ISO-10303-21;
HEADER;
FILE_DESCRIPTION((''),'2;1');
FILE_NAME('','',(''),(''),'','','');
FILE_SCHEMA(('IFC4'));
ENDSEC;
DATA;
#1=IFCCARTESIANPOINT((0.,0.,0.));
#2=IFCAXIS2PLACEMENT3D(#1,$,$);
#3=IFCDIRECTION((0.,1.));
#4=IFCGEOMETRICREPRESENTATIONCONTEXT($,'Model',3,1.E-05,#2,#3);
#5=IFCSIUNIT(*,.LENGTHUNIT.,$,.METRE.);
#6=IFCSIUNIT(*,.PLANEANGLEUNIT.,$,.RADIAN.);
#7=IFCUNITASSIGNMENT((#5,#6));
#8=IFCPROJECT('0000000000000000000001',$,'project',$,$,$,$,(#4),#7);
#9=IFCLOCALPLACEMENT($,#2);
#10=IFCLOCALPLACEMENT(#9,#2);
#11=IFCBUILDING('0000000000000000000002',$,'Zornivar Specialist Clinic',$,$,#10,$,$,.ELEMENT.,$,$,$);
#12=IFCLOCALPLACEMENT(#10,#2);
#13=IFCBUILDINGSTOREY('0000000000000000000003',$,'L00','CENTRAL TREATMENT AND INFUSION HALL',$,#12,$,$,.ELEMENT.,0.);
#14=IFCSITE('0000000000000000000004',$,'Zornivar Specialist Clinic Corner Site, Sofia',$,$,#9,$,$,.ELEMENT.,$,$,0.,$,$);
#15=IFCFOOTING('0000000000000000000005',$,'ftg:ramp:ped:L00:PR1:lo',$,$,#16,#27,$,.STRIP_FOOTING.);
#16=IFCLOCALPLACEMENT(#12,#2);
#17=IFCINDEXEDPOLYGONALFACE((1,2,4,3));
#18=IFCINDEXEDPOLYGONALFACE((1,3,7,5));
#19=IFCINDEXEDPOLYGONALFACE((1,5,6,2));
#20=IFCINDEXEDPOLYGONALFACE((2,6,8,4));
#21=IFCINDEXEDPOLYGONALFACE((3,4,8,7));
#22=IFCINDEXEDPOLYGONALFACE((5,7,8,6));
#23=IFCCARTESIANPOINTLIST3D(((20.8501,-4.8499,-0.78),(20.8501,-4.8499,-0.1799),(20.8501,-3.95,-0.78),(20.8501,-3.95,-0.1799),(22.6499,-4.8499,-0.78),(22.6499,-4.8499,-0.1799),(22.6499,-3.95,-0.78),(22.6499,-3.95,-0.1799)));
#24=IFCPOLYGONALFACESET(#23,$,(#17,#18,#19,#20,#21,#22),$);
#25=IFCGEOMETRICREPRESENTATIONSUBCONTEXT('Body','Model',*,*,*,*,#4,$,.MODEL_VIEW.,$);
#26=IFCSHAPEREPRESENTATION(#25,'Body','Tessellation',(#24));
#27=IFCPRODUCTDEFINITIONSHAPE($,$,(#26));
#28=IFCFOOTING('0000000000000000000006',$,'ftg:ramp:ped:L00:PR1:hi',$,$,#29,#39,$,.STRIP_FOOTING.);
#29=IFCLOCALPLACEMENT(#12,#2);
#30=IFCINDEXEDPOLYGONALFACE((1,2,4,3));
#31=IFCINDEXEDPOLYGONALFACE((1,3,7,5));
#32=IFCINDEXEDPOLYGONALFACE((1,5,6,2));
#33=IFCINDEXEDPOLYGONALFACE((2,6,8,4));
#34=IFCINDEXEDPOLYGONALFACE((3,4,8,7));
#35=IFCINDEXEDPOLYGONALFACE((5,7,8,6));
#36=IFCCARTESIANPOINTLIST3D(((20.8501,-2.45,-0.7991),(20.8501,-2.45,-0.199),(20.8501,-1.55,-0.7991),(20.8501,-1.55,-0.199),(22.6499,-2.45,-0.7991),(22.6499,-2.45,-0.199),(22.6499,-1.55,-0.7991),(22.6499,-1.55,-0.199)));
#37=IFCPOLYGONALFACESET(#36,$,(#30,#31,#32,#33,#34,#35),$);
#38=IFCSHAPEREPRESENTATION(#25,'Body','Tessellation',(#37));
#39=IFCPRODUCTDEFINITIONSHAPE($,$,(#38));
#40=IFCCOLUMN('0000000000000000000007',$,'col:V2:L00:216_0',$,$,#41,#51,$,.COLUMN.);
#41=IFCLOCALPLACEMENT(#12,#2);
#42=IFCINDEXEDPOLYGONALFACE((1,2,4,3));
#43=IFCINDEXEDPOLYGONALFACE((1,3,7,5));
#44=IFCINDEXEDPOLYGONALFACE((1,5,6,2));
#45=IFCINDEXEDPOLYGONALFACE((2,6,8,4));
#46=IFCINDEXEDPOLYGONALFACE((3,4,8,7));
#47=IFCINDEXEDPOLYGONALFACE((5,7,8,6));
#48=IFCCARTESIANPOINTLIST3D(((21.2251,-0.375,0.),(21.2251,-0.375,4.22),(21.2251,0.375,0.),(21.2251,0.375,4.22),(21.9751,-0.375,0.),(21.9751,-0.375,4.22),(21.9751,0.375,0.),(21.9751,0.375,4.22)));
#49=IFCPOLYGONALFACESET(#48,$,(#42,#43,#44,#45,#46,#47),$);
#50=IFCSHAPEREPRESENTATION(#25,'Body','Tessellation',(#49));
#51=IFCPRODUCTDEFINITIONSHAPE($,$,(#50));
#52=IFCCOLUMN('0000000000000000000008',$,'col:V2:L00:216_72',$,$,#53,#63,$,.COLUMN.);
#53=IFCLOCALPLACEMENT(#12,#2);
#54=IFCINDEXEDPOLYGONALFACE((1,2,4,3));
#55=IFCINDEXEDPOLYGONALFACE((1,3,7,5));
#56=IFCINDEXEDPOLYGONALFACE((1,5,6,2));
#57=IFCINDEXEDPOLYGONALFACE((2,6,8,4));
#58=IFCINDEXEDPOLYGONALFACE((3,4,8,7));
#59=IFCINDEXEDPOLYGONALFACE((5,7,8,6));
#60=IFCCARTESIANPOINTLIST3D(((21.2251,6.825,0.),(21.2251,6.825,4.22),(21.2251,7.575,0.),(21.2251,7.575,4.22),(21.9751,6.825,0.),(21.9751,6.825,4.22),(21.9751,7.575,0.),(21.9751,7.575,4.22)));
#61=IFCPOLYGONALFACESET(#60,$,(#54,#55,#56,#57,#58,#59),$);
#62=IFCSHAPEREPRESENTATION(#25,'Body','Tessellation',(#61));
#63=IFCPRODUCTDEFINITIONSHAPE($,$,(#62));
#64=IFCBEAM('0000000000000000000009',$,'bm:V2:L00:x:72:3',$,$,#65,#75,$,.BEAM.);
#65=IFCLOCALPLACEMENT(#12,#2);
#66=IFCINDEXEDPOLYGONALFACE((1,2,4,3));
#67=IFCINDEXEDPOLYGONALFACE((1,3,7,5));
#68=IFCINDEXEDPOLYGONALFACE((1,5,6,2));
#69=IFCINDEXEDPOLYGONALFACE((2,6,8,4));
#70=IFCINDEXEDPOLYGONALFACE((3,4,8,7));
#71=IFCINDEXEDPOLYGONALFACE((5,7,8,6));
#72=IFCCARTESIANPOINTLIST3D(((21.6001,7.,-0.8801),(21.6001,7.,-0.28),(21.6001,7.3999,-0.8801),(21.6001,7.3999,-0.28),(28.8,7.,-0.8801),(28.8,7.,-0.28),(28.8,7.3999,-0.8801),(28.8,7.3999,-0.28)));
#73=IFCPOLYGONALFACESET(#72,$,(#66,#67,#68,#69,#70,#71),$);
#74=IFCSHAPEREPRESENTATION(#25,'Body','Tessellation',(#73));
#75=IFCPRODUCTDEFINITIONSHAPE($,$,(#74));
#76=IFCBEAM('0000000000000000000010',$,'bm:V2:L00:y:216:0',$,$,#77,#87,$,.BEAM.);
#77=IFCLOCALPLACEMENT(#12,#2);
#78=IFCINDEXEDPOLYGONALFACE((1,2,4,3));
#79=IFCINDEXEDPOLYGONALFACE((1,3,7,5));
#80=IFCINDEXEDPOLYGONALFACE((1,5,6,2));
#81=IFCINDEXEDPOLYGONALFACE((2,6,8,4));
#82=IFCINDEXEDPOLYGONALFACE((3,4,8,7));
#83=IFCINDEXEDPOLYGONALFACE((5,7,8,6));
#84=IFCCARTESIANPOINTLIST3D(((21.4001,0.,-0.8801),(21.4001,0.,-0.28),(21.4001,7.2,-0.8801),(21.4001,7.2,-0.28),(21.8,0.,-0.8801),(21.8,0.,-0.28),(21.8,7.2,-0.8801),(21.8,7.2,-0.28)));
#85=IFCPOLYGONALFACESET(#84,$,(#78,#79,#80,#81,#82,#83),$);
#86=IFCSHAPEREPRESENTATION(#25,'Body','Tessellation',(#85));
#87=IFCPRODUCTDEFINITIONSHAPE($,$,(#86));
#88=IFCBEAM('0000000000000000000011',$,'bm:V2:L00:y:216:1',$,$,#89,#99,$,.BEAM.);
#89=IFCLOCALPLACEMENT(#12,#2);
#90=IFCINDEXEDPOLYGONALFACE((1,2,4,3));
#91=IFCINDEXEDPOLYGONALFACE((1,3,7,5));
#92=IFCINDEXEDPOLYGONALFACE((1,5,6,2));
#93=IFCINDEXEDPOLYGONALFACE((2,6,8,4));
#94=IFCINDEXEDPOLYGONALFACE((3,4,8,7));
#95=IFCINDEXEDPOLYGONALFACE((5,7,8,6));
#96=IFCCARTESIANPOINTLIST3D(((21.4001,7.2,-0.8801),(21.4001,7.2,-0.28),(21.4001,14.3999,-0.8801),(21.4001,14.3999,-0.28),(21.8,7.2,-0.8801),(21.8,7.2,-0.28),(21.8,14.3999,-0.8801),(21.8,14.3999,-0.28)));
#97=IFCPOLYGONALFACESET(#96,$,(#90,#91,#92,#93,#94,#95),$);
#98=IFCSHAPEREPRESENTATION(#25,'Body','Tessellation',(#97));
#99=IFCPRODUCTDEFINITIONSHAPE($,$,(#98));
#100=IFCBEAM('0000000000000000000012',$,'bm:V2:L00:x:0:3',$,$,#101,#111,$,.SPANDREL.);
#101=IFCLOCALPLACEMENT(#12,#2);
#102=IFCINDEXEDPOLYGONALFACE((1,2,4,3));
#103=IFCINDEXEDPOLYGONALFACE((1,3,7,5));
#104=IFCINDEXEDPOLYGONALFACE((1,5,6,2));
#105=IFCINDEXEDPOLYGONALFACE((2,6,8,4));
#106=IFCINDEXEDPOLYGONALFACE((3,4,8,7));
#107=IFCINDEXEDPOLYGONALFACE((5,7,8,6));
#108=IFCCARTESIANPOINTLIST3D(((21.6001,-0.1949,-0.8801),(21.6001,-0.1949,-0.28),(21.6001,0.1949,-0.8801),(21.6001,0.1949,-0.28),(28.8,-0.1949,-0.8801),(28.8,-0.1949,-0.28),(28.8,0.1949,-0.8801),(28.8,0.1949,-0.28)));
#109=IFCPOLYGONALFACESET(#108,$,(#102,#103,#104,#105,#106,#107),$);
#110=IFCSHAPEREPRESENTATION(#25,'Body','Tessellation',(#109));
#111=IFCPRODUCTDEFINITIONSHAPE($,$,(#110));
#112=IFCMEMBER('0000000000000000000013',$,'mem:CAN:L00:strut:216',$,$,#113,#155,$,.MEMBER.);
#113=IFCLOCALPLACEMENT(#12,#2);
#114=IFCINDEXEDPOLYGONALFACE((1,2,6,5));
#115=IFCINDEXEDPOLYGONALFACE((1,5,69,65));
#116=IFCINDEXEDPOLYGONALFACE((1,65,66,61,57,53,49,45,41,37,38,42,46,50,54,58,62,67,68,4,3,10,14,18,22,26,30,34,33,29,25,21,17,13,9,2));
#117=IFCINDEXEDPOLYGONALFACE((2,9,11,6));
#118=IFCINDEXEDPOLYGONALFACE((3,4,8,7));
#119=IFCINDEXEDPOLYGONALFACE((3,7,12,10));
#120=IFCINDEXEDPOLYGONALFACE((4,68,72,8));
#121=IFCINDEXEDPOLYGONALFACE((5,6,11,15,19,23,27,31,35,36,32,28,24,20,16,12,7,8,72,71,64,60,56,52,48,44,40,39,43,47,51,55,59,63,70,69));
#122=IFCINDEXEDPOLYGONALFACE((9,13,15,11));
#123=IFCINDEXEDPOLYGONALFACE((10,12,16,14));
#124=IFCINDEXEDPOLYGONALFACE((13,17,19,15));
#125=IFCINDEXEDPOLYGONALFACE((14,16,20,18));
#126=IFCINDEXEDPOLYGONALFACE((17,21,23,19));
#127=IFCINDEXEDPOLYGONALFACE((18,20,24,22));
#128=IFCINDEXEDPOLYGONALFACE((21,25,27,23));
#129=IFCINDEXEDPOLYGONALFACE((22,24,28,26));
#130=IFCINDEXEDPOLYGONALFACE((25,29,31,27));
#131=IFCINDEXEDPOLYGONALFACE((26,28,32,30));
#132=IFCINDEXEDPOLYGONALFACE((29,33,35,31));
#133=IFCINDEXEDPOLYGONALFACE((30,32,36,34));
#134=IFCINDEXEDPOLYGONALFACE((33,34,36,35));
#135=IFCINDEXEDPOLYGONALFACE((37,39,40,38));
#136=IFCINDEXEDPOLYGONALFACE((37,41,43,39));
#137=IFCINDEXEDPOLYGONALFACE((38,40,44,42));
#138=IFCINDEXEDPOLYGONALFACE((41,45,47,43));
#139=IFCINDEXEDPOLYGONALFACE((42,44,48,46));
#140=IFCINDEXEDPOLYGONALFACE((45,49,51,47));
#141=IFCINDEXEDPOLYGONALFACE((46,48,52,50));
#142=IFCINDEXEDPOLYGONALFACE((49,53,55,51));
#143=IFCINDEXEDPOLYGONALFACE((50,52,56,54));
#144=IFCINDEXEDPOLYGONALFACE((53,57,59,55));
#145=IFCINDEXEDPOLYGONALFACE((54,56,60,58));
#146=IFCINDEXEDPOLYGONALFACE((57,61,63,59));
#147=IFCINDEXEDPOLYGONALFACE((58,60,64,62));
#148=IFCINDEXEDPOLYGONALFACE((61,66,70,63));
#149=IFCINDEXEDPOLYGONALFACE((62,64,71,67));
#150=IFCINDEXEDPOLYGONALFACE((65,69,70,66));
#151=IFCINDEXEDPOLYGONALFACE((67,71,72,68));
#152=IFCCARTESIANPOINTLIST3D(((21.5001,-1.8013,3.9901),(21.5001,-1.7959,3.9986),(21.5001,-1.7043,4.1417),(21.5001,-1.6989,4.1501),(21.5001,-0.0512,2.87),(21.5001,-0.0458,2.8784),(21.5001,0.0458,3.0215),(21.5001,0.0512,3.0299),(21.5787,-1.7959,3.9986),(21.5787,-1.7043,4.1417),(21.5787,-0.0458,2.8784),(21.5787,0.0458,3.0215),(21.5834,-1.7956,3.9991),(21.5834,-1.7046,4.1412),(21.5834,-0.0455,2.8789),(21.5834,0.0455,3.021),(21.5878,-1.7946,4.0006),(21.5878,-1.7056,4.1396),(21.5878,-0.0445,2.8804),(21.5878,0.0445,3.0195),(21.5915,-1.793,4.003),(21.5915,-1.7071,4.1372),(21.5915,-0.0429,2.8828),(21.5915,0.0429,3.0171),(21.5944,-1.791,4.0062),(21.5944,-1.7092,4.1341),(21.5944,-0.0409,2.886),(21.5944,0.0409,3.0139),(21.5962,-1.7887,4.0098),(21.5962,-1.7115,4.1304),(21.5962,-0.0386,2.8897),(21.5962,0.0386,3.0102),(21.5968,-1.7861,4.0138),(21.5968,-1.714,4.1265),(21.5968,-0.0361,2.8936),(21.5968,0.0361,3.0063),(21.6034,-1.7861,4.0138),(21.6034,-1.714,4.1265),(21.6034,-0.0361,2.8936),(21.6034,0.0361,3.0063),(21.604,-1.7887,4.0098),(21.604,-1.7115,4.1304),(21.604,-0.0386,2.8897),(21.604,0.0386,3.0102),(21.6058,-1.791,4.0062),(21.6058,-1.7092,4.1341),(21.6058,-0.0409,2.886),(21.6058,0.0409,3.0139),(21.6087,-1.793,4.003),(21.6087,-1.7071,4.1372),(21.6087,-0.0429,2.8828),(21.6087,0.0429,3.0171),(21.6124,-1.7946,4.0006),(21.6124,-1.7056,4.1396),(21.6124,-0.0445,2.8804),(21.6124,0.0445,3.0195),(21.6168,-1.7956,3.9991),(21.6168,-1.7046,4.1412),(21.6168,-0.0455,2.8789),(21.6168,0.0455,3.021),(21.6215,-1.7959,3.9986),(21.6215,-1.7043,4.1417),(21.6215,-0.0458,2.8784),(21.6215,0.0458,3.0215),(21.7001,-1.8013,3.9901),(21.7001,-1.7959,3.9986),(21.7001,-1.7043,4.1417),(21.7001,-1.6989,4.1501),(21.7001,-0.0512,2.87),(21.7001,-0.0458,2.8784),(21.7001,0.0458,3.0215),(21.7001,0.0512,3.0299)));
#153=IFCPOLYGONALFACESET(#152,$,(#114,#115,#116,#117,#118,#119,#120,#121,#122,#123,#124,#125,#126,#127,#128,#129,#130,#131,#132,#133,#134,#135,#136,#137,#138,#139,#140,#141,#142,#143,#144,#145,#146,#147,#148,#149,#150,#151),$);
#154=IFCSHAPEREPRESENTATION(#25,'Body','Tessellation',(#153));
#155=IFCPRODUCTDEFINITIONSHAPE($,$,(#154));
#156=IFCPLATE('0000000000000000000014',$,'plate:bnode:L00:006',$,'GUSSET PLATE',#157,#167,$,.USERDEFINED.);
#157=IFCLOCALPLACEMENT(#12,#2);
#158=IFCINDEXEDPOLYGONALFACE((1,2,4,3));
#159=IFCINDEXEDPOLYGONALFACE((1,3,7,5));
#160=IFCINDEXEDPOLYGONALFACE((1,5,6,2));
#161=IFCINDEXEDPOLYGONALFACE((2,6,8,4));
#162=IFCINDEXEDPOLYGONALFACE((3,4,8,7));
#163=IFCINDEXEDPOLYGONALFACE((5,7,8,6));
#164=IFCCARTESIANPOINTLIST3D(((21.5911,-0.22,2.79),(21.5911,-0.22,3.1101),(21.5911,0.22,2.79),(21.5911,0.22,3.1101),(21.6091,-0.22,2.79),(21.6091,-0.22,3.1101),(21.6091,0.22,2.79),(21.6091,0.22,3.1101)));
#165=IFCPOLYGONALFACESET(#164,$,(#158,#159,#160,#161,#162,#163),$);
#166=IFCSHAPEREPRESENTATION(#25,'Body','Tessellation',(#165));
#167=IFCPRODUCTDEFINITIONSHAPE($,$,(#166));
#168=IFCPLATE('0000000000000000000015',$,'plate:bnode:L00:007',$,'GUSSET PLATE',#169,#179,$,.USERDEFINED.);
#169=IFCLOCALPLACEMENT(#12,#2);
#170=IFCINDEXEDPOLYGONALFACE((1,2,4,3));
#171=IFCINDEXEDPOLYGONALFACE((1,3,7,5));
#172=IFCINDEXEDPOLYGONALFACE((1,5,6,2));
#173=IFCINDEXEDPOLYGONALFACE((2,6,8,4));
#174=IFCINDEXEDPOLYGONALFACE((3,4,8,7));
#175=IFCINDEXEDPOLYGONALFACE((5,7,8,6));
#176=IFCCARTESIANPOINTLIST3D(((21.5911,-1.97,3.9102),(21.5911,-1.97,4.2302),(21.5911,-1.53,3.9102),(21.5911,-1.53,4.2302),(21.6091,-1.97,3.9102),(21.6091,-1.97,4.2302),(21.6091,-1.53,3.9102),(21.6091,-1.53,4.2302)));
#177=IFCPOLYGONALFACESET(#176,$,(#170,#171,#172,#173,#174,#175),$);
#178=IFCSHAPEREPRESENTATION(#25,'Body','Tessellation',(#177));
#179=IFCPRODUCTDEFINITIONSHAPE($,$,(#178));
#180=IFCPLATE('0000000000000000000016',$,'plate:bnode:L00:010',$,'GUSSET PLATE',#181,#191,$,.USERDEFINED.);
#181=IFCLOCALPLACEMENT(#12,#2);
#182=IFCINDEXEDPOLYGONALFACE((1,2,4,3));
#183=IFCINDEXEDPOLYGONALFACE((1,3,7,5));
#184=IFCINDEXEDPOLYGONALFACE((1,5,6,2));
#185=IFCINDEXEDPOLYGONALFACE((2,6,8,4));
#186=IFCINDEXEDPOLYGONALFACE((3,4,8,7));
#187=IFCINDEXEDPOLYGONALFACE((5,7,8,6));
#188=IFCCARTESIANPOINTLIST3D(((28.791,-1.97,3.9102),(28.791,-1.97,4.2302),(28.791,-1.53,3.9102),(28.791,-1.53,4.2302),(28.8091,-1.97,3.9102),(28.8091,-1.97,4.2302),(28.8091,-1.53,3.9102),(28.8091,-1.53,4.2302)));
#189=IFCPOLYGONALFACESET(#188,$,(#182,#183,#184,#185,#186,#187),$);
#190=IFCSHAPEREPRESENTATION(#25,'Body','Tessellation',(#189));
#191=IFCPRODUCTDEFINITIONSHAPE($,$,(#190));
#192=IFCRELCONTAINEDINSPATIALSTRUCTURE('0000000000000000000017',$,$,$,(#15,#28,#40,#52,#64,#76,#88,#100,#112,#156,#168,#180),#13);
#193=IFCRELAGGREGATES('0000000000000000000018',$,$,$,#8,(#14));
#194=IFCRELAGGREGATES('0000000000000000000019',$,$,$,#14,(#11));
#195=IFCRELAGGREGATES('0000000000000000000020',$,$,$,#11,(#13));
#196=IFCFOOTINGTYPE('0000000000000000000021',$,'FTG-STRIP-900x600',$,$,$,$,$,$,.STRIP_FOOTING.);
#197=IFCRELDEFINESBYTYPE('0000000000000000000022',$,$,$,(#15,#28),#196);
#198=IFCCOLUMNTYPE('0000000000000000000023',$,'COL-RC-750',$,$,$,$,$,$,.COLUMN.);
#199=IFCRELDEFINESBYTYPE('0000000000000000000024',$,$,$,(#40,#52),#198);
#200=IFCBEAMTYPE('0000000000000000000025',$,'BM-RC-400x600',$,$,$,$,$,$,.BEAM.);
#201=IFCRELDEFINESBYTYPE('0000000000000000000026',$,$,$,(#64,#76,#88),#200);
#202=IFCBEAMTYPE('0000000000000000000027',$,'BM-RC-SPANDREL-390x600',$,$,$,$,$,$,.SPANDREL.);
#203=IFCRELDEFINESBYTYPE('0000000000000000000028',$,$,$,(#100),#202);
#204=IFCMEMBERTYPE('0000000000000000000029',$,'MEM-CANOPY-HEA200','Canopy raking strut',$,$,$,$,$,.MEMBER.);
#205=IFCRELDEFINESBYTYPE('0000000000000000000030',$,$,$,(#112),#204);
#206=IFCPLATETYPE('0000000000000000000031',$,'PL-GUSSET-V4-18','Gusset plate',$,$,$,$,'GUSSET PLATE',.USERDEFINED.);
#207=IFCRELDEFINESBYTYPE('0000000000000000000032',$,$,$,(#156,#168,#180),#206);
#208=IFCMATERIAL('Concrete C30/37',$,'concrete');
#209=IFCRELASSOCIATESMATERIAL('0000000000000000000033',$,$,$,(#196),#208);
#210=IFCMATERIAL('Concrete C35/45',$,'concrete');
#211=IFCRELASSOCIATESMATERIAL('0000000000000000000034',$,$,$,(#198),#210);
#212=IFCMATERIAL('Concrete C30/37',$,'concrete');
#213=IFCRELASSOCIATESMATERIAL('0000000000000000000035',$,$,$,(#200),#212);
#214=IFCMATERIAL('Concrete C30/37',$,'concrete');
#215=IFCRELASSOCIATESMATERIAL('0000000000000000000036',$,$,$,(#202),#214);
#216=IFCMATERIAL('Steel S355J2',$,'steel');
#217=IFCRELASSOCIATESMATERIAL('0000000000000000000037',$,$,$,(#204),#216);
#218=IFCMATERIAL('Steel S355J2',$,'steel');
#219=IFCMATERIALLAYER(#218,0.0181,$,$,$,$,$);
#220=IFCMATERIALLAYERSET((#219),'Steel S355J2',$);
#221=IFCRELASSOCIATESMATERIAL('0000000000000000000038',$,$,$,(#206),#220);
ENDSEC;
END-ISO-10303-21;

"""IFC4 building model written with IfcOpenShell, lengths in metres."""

from ifc_helpers import new_model, si_unit, direction, frame, origin, origin_2d, place, context, subcontext, project, spatial, rectangle, i_section, extrude, material, layer, layer_set, material_profile, profile_set, type_object, element, save


model = new_model("IFC4")

# Units and contexts
model_context = context("Model", 3, precision=1e-05, world=origin(), true_north=direction((0.0, 1.0)))
body_context = subcontext(model_context, "Body", "Model", "MODEL_VIEW")
ifc_project = project(units=[si_unit("LENGTHUNIT", "METRE"), si_unit("PLANEANGLEUNIT", "RADIAN")], contexts=[model_context])

# Site, building, storey
site_placement = place(None, origin())
site = spatial("IfcSite", under=ifc_project, at=site_placement, Name="Zornivar Specialist Clinic Corner Site, Sofia", CompositionType="ELEMENT", RefElevation=0.0)
building_placement = place(site_placement, origin())
building = spatial("IfcBuilding", under=site, at=building_placement, Name="Zornivar Specialist Clinic", CompositionType="ELEMENT")
storey_placement = place(building_placement, origin())
storey = spatial("IfcBuildingStorey", under=building, at=storey_placement, Name="L00", Description="CENTRAL TREATMENT AND INFUSION HALL", CompositionType="ELEMENT", Elevation=0.0)

# Footings
ifc_material_1 = material(Name="Concrete C30/37", Category="concrete")
ifc_material_profile_1 = material_profile(ifc_material_1, rectangle(XDim=0.8999, YDim=0.6001, at=origin_2d()), Name="RC 900x600")
ifc_profile_set_1 = profile_set([ifc_material_profile_1], Name="Concrete C30/37")
footing_type = type_object("IfcFootingType", Name="FTG-STRIP-900x600", PredefinedType="STRIP_FOOTING", material=ifc_profile_set_1)
for number, where, z_axis, x_axis, name in (
    (1, (20.8501, -4.3999, -0.48), (1.0, 0.0, 0.0), (0.0, 1.0, 0.0), "ftg:ramp:ped:L00:PR1:lo"),
    (2, (20.8501, -2.0, -0.499), (1.0, 0.0, 0.0), (0.0, 1.0, 0.0), "ftg:ramp:ped:L00:PR1:hi"),
):
    element("IfcFooting", number, at=place(storey_placement, frame(where, z_axis=z_axis, x_axis=x_axis)), inside=storey, type_object=footing_type, Name=name, PredefinedType="STRIP_FOOTING", context=body_context, shape_type="SweptSolid", body=[
        extrude(rectangle(XDim=0.8999, YDim=0.6001, at=origin_2d()), origin(), (0.0, 0.0, 1.0), 1.7998),
    ])

# Columns
ifc_material_2 = material(Name="Concrete C35/45", Category="concrete")
ifc_material_profile_2 = material_profile(ifc_material_2, rectangle(XDim=0.75, YDim=0.75, at=origin_2d()), Name="RC 750x750")
ifc_profile_set_2 = profile_set([ifc_material_profile_2], Name="Concrete C35/45")
column_type = type_object("IfcColumnType", Name="COL-RC-750", PredefinedType="COLUMN", material=ifc_profile_set_2)
for number, where, z_axis, x_axis, name in (
    (3, (21.6001, 0.0, 0.0), (0.0, 0.0, 1.0), (1.0, 0.0, 0.0), "col:V2:L00:216_0"),
    (4, (21.6001, 7.2, 0.0), (0.0, 0.0, 1.0), (1.0, 0.0, 0.0), "col:V2:L00:216_72"),
):
    element("IfcColumn", number, at=place(storey_placement, frame(where, z_axis=z_axis, x_axis=x_axis)), inside=storey, type_object=column_type, Name=name, PredefinedType="COLUMN", context=body_context, shape_type="SweptSolid", body=[
        extrude(rectangle(XDim=0.75, YDim=0.75, at=origin_2d()), origin(), (0.0, 0.0, 1.0), 4.22),
    ])

# Beams
ifc_material_3 = material(Name="Concrete C30/37", Category="concrete")
ifc_material_profile_3 = material_profile(ifc_material_3, rectangle(XDim=0.3999, YDim=0.6001, at=origin_2d()), Name="RC 400x600")
ifc_profile_set_3 = profile_set([ifc_material_profile_3], Name="Concrete C30/37")
beam_type_1 = type_object("IfcBeamType", Name="BM-RC-400x600", PredefinedType="BEAM", material=ifc_profile_set_3)
for number, where, z_axis, x_axis, name in (
    (5, (21.6001, 7.2, -0.5801), (1.0, 0.0, 0.0), (0.0, 1.0, 0.0), "bm:V2:L00:x:72:3"),
    (6, (21.6001, 0.0, -0.5801), (0.0, 1.0, 0.0), (-1.0, 0.0, 0.0), "bm:V2:L00:y:216:0"),
    (7, (21.6001, 7.2, -0.5801), (0.0, 1.0, 0.0), (-1.0, 0.0, 0.0), "bm:V2:L00:y:216:1"),
):
    element("IfcBeam", number, at=place(storey_placement, frame(where, z_axis=z_axis, x_axis=x_axis)), inside=storey, type_object=beam_type_1, Name=name, PredefinedType="BEAM", context=body_context, shape_type="SweptSolid", body=[
        extrude(rectangle(XDim=0.3999, YDim=0.6001, at=origin_2d()), origin(), (0.0, 0.0, 1.0), 7.2),
    ])
ifc_material_4 = material(Name="Concrete C30/37", Category="concrete")
ifc_material_profile_4 = material_profile(ifc_material_4, rectangle(XDim=0.3899, YDim=0.6001, at=origin_2d()), Name="RC 390x600")
ifc_profile_set_4 = profile_set([ifc_material_profile_4], Name="Concrete C30/37")
beam_type_2 = type_object("IfcBeamType", Name="BM-RC-SPANDREL-390x600", PredefinedType="SPANDREL", material=ifc_profile_set_4)
beam_placement = place(storey_placement, frame((21.6001, 0.0, -0.5801), z_axis=(1.0, 0.0, 0.0), x_axis=(0.0, 1.0, 0.0)))
element("IfcBeam", 8, at=beam_placement, inside=storey, type_object=beam_type_2, Name="bm:V2:L00:x:0:3", PredefinedType="SPANDREL", context=body_context, shape_type="SweptSolid", body=[
    extrude(rectangle(XDim=0.3899, YDim=0.6001, at=origin_2d()), origin(), (0.0, 0.0, 1.0), 7.2),
])

# Member
ifc_material_5 = material(Name="Steel S355J2", Category="steel")
ifc_material_profile_5 = material_profile(ifc_material_5, i_section(OverallWidth=0.2, OverallDepth=0.1899, WebThickness=0.0066, FlangeThickness=0.01, FilletRadius=0.0181, at=origin_2d()), Name="HEA 200")
ifc_profile_set_5 = profile_set([ifc_material_profile_5], Name="Steel S355J2")
member_type = type_object("IfcMemberType", Name="MEM-CANOPY-HEA200", Description="Canopy raking strut", PredefinedType="MEMBER", material=ifc_profile_set_5)
member_placement = place(storey_placement, frame((21.6001, 0.0, 2.95), z_axis=(0.0, -0.842246, 0.539094), x_axis=(1.0, 0.0, 0.0)))
element("IfcMember", 9, at=member_placement, inside=storey, type_object=member_type, Name="mem:CAN:L00:strut:216", PredefinedType="MEMBER", context=body_context, shape_type="SweptSolid", body=[
    extrude(i_section(OverallWidth=0.2, OverallDepth=0.1899, WebThickness=0.0066, FlangeThickness=0.01, FilletRadius=0.0181, at=origin_2d()), origin(), (0.0, 0.0, 1.0), 2.0779),
])

# Plates
ifc_material_6 = material(Name="Steel S355J2", Category="steel")
ifc_layer_1 = layer(ifc_material_6, 0.0181)
ifc_layer_set_1 = layer_set([ifc_layer_1], Name="Steel S355J2")
plate_type = type_object("IfcPlateType", Name="PL-GUSSET-V4-18", Description="Gusset plate", ElementType="GUSSET PLATE", PredefinedType="USERDEFINED", material=ifc_layer_set_1)
for number, where, z_axis, x_axis, name in (
    (10, (21.6001, 0.0, 2.79), (0.0, 0.0, 1.0), (0.0, 1.0, 0.0), "plate:bnode:L00:006"),
    (11, (21.6001, -1.75, 3.9102), (0.0, 0.0, 1.0), (0.0, 1.0, 0.0), "plate:bnode:L00:007"),
    (12, (28.8, -1.75, 3.9102), (0.0, 0.0, 1.0), (0.0, 1.0, 0.0), "plate:bnode:L00:010"),
):
    element("IfcPlate", number, at=place(storey_placement, frame(where, z_axis=z_axis, x_axis=x_axis)), inside=storey, type_object=plate_type, Name=name, ObjectType="GUSSET PLATE", PredefinedType="USERDEFINED", context=body_context, shape_type="SweptSolid", body=[
        extrude(rectangle(XDim=0.4399, YDim=0.0181, at=origin_2d()), origin(), (0.0, 0.0, 1.0), 0.3201),
    ])

save(model, "model.ifc")
